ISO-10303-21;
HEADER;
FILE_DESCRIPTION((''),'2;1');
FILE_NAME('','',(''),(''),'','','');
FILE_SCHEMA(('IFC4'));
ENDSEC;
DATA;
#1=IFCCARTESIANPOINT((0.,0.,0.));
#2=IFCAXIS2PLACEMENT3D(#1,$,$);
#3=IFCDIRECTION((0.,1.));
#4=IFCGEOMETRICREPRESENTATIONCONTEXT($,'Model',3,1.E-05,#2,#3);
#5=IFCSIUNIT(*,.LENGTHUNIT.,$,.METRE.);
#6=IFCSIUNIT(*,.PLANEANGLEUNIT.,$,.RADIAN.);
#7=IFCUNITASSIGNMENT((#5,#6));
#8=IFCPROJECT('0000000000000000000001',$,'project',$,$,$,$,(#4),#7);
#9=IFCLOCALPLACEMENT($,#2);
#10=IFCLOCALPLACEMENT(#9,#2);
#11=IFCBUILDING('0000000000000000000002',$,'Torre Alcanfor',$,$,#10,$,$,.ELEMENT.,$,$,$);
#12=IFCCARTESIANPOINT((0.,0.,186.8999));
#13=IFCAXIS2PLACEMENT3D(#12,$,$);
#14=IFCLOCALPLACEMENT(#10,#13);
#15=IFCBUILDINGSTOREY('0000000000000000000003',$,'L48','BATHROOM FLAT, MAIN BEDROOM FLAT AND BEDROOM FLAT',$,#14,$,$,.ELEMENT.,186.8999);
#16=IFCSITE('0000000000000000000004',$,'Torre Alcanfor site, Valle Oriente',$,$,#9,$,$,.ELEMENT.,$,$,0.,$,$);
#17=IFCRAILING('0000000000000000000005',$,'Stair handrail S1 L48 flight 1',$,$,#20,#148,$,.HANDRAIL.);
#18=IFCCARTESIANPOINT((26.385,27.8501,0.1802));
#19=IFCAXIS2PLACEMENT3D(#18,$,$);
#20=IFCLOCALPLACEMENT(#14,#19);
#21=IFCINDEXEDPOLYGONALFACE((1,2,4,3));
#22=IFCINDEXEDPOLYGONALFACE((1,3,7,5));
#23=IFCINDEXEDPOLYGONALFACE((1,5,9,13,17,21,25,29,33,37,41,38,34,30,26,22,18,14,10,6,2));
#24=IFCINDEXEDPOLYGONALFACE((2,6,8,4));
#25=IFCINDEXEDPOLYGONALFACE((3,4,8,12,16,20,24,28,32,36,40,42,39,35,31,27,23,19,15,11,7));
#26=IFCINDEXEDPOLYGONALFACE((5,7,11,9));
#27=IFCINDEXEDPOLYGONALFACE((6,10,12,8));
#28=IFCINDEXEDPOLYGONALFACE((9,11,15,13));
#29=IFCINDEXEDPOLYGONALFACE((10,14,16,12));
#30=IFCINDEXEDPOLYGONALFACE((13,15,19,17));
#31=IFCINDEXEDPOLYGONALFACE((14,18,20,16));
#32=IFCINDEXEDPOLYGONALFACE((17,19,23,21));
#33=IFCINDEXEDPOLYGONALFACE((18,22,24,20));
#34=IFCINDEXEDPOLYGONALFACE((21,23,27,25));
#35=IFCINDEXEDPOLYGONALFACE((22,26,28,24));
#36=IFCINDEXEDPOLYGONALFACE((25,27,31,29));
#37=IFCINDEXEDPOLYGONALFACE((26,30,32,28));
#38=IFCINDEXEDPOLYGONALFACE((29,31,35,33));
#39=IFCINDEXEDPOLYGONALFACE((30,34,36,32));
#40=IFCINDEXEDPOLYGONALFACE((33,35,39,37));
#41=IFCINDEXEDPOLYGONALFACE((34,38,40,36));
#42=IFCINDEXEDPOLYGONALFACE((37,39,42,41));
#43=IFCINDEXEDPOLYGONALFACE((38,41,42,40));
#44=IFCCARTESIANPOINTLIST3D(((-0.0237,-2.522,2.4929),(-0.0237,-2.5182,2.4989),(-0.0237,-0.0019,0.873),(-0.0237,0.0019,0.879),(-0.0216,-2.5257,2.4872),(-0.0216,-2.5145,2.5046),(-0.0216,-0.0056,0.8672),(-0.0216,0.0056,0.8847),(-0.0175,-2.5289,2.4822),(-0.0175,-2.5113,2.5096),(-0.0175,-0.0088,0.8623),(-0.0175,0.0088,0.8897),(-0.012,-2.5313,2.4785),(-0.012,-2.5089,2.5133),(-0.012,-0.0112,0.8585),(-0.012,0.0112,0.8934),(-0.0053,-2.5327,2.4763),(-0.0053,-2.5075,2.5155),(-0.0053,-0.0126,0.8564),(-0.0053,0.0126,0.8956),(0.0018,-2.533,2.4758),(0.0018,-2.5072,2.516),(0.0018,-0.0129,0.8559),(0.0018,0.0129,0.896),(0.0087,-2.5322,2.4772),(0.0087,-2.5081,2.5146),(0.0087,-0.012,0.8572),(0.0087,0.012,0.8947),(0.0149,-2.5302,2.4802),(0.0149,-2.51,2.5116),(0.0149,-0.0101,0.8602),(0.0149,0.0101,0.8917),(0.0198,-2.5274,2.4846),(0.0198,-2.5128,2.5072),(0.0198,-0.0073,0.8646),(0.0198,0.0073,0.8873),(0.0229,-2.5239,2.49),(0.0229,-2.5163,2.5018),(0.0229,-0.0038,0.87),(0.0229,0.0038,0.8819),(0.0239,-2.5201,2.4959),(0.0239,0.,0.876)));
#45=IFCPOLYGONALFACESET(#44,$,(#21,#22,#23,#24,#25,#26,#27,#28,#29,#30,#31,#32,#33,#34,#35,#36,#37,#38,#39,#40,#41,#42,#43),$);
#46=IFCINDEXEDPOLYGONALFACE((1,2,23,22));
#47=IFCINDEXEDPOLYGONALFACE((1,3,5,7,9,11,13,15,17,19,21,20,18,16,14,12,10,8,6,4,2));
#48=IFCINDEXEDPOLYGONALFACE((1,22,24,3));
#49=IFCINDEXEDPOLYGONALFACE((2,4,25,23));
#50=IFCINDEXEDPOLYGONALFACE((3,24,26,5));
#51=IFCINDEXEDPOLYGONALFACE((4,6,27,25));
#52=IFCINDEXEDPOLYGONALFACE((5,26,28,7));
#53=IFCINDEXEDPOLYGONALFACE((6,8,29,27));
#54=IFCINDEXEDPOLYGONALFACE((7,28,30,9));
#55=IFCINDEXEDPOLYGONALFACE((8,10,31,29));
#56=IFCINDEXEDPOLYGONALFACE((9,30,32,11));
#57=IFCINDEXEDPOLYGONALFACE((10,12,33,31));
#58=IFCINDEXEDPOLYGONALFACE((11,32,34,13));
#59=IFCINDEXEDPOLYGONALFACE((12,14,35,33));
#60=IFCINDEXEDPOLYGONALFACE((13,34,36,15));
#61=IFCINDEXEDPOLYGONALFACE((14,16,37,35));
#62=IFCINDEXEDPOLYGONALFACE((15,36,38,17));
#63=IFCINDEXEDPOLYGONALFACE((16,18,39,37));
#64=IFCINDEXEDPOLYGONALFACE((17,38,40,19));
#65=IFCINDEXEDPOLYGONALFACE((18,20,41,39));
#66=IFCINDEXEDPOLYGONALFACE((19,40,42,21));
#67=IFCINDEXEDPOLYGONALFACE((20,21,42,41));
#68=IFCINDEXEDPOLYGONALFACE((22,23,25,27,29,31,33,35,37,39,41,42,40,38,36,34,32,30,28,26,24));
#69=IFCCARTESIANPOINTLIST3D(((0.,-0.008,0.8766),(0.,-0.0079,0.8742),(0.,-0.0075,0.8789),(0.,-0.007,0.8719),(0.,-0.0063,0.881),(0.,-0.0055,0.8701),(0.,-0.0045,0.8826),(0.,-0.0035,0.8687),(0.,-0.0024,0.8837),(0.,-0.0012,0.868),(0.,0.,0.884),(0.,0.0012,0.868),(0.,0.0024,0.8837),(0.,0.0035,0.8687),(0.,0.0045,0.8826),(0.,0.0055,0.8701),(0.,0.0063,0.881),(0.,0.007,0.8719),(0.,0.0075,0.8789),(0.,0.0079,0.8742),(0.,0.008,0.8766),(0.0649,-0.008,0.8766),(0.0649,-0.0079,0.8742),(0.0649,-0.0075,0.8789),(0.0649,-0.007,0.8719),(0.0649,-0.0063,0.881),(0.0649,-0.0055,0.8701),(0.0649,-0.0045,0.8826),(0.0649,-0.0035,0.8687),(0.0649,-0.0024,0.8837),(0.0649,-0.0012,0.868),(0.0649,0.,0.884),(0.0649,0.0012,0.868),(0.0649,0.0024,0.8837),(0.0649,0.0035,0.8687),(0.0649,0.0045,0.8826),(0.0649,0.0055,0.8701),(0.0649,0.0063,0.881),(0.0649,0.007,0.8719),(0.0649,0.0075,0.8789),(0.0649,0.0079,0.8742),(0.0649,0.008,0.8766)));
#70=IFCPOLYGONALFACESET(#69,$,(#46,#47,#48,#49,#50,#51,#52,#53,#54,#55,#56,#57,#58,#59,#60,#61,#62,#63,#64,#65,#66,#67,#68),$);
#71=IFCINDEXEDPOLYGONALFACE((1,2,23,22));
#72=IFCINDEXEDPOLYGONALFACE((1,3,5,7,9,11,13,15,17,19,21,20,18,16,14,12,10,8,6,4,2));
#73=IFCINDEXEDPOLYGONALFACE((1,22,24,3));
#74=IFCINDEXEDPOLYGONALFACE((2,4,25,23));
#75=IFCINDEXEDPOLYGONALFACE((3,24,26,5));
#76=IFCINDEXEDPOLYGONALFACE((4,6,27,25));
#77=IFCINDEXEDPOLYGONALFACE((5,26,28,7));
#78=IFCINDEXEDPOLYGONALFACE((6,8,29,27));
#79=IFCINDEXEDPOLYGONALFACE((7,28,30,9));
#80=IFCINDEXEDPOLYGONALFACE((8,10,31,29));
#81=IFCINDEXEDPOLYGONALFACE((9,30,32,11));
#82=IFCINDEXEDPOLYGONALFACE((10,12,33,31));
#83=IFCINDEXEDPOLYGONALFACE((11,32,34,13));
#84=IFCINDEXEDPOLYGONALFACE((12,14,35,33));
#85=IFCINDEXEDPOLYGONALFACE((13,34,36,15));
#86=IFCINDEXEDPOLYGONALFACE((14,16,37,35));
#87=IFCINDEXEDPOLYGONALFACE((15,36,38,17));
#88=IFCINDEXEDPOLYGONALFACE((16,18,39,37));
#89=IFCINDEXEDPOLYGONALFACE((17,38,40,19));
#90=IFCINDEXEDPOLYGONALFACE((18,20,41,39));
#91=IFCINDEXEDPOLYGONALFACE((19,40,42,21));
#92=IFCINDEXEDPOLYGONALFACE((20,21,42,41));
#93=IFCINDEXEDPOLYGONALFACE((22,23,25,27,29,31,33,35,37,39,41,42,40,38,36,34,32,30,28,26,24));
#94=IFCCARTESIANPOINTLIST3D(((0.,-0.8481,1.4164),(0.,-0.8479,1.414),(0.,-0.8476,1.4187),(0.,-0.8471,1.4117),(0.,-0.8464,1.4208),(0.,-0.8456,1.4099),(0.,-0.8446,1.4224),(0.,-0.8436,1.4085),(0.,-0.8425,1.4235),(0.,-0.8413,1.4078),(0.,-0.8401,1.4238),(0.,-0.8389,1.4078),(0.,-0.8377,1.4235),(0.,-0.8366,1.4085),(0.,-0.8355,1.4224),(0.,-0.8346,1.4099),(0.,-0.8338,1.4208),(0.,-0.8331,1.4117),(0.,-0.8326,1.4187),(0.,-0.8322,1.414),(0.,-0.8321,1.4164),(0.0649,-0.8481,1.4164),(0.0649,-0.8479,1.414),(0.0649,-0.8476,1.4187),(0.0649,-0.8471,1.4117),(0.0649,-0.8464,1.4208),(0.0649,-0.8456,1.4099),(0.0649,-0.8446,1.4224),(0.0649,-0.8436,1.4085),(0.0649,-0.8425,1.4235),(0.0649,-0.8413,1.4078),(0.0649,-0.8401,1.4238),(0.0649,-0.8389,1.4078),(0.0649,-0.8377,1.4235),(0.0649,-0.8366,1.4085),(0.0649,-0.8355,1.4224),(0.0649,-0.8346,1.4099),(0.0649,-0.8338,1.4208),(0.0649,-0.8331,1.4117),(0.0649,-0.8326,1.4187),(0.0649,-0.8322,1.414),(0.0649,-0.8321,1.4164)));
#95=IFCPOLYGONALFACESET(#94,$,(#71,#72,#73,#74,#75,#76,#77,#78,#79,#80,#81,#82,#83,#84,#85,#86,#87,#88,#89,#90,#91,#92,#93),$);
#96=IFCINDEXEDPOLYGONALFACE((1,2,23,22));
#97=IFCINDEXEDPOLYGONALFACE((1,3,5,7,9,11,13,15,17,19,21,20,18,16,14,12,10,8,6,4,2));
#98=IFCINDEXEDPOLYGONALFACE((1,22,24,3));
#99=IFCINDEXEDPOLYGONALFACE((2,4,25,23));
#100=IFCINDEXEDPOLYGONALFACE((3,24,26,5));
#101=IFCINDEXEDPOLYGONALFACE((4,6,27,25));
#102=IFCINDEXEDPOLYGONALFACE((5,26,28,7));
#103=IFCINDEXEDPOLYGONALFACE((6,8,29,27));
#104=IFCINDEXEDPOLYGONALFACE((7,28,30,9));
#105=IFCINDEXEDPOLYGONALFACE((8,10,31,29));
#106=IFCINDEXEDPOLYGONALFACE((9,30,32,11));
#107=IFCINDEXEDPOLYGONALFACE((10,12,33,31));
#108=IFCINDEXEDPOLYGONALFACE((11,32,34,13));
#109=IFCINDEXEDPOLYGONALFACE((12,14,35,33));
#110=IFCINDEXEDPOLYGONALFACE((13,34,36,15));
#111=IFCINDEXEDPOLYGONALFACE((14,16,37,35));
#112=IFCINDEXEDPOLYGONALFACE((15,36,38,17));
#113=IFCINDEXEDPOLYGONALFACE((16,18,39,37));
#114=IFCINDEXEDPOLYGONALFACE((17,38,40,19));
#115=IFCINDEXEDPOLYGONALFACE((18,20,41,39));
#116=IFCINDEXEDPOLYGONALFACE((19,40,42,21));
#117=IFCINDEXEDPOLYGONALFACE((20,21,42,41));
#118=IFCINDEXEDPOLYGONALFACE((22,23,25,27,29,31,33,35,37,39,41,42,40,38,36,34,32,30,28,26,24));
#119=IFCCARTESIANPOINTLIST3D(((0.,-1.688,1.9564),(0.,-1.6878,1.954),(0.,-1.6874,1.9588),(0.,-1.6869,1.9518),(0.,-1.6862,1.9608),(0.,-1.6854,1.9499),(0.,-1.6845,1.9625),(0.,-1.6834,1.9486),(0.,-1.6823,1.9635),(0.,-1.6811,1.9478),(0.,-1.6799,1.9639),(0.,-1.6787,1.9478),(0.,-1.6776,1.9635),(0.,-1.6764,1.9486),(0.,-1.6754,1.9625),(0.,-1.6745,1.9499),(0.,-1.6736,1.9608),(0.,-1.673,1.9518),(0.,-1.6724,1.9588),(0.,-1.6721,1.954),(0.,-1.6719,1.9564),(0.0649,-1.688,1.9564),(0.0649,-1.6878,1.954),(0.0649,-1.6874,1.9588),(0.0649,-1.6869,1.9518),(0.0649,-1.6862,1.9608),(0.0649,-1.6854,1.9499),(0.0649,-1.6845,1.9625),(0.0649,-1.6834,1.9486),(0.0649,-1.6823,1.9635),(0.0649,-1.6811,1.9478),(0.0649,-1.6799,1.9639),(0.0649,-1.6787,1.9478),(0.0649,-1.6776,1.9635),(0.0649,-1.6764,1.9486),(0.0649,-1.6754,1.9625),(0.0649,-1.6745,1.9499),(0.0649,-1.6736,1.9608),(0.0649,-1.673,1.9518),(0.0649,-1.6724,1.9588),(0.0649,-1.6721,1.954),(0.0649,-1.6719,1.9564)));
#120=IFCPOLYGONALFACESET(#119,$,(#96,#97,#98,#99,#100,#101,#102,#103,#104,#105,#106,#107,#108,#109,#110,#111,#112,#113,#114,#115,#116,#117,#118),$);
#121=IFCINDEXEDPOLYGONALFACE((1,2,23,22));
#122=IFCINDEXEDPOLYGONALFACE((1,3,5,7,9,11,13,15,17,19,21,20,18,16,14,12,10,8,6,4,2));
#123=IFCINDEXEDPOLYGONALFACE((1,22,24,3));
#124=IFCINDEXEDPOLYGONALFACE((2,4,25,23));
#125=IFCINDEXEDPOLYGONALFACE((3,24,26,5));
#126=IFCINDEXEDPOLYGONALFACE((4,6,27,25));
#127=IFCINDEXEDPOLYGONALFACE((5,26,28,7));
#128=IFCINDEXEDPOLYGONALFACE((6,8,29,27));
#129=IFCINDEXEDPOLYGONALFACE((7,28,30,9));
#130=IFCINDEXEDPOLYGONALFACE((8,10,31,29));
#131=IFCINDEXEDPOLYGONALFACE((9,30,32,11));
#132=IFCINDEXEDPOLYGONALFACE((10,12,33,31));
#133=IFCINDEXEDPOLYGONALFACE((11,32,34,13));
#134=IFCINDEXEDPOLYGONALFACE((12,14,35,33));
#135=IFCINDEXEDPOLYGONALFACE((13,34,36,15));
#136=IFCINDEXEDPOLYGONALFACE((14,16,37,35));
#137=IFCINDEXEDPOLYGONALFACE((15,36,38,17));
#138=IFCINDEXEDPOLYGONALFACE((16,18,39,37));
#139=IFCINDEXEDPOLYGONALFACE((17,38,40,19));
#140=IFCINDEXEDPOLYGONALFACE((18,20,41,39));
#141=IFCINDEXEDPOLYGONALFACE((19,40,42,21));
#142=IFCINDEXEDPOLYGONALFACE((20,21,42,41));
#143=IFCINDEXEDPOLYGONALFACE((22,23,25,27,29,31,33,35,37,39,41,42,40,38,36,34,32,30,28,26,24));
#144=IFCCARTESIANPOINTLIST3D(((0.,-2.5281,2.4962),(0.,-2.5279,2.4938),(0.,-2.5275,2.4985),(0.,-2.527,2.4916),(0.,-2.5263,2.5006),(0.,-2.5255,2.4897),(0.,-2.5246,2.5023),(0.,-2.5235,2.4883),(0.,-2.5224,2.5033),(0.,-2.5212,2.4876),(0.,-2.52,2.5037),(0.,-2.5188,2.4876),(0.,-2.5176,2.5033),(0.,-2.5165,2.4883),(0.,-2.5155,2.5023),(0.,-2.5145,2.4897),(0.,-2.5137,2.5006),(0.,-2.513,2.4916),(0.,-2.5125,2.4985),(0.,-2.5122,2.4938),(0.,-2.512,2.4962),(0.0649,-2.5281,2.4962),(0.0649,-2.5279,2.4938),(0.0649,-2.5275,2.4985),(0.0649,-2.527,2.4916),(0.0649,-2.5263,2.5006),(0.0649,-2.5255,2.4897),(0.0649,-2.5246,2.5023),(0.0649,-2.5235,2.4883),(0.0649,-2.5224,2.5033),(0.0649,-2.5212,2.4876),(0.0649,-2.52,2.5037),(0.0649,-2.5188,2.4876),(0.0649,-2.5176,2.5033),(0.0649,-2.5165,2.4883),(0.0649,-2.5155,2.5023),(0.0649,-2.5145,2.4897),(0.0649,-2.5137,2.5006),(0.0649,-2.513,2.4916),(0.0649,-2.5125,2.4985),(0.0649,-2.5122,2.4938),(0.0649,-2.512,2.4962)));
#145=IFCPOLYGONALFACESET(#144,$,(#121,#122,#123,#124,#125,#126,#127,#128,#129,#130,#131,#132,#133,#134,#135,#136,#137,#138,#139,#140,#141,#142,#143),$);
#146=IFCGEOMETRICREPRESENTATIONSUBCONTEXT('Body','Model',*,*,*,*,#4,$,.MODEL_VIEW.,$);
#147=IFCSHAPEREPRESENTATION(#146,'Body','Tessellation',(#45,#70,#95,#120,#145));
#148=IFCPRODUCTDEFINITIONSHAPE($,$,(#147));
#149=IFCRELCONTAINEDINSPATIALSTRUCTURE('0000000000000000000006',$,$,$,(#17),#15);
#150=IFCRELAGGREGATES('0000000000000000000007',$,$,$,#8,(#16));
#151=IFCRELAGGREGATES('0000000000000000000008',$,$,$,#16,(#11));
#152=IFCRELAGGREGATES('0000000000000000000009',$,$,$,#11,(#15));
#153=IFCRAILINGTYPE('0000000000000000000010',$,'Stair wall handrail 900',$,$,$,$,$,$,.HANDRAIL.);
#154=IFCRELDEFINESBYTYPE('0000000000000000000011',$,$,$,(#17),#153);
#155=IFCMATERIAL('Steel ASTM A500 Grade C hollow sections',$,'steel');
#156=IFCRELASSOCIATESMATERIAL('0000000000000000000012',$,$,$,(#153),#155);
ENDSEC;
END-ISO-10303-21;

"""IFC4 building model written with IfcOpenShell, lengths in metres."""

from ifc_helpers import new_model, si_unit, direction, frame, origin, origin_2d, place, context, subcontext, project, spatial, circle, extrude, material, type_object, element, save


model = new_model("IFC4")

# Units and contexts
model_context = context("Model", 3, precision=1e-05, world=origin(), true_north=direction((0.0, 1.0)))
body_context = subcontext(model_context, "Body", "Model", "MODEL_VIEW")
ifc_project = project(units=[si_unit("LENGTHUNIT", "METRE"), si_unit("PLANEANGLEUNIT", "RADIAN")], contexts=[model_context])

# Site, building, storey
site_placement = place(None, origin())
site = spatial("IfcSite", under=ifc_project, at=site_placement, Name="Torre Alcanfor site, Valle Oriente", CompositionType="ELEMENT", RefElevation=0.0)
building_placement = place(site_placement, origin())
building = spatial("IfcBuilding", under=site, at=building_placement, Name="Torre Alcanfor", CompositionType="ELEMENT")
storey_placement = place(building_placement, frame((0.0, 0.0, 186.8999)))
storey = spatial("IfcBuildingStorey", under=building, at=storey_placement, Name="L48", Description="BATHROOM FLAT, MAIN BEDROOM FLAT AND BEDROOM FLAT", CompositionType="ELEMENT", Elevation=186.8999)

# Railing
ifc_material_1 = material(Name="Steel ASTM A500 Grade C hollow sections", Category="steel")
railing_type = type_object("IfcRailingType", Name="Stair wall handrail 900", PredefinedType="HANDRAIL", material=ifc_material_1)
railing_placement = place(storey_placement, frame((26.385, 27.8501, 0.1802)))
element("IfcRailing", 1, at=railing_placement, inside=storey, type_object=railing_type, Name="Stair handrail S1 L48 flight 1", PredefinedType="HANDRAIL", context=body_context, shape_type="SweptSolid", body=[
    extrude(circle(Radius=0.0239, at=origin_2d()), frame((0.0, 0.0, 0.876), z_axis=(0.0, -0.8412, 0.540725), x_axis=(1.0, 0.0, 0.0)), (0.0, 0.0, 1.0), 2.9958),
    extrude(circle(Radius=0.0081, at=origin_2d()), frame((0.0, 0.0, 0.876), z_axis=(1.0, 0.0, 0.0), x_axis=(0.0, 0.0, 1.0)), (0.0, 0.0, 1.0), 0.0649),
    extrude(circle(Radius=0.0081, at=origin_2d()), frame((0.0, -0.8401, 1.4158), z_axis=(1.0, 0.0, 0.0), x_axis=(0.0, 0.0, 1.0)), (0.0, 0.0, 1.0), 0.0649),
    extrude(circle(Radius=0.0081, at=origin_2d()), frame((0.0, -1.6799, 1.9558), z_axis=(1.0, 0.0, 0.0), x_axis=(0.0, 0.0, 1.0)), (0.0, 0.0, 1.0), 0.0649),
    extrude(circle(Radius=0.0081, at=origin_2d()), frame((0.0, -2.52, 2.4956), z_axis=(1.0, 0.0, 0.0), x_axis=(0.0, 0.0, 1.0)), (0.0, 0.0, 1.0), 0.0649),
])

save(model, "model.ifc")
